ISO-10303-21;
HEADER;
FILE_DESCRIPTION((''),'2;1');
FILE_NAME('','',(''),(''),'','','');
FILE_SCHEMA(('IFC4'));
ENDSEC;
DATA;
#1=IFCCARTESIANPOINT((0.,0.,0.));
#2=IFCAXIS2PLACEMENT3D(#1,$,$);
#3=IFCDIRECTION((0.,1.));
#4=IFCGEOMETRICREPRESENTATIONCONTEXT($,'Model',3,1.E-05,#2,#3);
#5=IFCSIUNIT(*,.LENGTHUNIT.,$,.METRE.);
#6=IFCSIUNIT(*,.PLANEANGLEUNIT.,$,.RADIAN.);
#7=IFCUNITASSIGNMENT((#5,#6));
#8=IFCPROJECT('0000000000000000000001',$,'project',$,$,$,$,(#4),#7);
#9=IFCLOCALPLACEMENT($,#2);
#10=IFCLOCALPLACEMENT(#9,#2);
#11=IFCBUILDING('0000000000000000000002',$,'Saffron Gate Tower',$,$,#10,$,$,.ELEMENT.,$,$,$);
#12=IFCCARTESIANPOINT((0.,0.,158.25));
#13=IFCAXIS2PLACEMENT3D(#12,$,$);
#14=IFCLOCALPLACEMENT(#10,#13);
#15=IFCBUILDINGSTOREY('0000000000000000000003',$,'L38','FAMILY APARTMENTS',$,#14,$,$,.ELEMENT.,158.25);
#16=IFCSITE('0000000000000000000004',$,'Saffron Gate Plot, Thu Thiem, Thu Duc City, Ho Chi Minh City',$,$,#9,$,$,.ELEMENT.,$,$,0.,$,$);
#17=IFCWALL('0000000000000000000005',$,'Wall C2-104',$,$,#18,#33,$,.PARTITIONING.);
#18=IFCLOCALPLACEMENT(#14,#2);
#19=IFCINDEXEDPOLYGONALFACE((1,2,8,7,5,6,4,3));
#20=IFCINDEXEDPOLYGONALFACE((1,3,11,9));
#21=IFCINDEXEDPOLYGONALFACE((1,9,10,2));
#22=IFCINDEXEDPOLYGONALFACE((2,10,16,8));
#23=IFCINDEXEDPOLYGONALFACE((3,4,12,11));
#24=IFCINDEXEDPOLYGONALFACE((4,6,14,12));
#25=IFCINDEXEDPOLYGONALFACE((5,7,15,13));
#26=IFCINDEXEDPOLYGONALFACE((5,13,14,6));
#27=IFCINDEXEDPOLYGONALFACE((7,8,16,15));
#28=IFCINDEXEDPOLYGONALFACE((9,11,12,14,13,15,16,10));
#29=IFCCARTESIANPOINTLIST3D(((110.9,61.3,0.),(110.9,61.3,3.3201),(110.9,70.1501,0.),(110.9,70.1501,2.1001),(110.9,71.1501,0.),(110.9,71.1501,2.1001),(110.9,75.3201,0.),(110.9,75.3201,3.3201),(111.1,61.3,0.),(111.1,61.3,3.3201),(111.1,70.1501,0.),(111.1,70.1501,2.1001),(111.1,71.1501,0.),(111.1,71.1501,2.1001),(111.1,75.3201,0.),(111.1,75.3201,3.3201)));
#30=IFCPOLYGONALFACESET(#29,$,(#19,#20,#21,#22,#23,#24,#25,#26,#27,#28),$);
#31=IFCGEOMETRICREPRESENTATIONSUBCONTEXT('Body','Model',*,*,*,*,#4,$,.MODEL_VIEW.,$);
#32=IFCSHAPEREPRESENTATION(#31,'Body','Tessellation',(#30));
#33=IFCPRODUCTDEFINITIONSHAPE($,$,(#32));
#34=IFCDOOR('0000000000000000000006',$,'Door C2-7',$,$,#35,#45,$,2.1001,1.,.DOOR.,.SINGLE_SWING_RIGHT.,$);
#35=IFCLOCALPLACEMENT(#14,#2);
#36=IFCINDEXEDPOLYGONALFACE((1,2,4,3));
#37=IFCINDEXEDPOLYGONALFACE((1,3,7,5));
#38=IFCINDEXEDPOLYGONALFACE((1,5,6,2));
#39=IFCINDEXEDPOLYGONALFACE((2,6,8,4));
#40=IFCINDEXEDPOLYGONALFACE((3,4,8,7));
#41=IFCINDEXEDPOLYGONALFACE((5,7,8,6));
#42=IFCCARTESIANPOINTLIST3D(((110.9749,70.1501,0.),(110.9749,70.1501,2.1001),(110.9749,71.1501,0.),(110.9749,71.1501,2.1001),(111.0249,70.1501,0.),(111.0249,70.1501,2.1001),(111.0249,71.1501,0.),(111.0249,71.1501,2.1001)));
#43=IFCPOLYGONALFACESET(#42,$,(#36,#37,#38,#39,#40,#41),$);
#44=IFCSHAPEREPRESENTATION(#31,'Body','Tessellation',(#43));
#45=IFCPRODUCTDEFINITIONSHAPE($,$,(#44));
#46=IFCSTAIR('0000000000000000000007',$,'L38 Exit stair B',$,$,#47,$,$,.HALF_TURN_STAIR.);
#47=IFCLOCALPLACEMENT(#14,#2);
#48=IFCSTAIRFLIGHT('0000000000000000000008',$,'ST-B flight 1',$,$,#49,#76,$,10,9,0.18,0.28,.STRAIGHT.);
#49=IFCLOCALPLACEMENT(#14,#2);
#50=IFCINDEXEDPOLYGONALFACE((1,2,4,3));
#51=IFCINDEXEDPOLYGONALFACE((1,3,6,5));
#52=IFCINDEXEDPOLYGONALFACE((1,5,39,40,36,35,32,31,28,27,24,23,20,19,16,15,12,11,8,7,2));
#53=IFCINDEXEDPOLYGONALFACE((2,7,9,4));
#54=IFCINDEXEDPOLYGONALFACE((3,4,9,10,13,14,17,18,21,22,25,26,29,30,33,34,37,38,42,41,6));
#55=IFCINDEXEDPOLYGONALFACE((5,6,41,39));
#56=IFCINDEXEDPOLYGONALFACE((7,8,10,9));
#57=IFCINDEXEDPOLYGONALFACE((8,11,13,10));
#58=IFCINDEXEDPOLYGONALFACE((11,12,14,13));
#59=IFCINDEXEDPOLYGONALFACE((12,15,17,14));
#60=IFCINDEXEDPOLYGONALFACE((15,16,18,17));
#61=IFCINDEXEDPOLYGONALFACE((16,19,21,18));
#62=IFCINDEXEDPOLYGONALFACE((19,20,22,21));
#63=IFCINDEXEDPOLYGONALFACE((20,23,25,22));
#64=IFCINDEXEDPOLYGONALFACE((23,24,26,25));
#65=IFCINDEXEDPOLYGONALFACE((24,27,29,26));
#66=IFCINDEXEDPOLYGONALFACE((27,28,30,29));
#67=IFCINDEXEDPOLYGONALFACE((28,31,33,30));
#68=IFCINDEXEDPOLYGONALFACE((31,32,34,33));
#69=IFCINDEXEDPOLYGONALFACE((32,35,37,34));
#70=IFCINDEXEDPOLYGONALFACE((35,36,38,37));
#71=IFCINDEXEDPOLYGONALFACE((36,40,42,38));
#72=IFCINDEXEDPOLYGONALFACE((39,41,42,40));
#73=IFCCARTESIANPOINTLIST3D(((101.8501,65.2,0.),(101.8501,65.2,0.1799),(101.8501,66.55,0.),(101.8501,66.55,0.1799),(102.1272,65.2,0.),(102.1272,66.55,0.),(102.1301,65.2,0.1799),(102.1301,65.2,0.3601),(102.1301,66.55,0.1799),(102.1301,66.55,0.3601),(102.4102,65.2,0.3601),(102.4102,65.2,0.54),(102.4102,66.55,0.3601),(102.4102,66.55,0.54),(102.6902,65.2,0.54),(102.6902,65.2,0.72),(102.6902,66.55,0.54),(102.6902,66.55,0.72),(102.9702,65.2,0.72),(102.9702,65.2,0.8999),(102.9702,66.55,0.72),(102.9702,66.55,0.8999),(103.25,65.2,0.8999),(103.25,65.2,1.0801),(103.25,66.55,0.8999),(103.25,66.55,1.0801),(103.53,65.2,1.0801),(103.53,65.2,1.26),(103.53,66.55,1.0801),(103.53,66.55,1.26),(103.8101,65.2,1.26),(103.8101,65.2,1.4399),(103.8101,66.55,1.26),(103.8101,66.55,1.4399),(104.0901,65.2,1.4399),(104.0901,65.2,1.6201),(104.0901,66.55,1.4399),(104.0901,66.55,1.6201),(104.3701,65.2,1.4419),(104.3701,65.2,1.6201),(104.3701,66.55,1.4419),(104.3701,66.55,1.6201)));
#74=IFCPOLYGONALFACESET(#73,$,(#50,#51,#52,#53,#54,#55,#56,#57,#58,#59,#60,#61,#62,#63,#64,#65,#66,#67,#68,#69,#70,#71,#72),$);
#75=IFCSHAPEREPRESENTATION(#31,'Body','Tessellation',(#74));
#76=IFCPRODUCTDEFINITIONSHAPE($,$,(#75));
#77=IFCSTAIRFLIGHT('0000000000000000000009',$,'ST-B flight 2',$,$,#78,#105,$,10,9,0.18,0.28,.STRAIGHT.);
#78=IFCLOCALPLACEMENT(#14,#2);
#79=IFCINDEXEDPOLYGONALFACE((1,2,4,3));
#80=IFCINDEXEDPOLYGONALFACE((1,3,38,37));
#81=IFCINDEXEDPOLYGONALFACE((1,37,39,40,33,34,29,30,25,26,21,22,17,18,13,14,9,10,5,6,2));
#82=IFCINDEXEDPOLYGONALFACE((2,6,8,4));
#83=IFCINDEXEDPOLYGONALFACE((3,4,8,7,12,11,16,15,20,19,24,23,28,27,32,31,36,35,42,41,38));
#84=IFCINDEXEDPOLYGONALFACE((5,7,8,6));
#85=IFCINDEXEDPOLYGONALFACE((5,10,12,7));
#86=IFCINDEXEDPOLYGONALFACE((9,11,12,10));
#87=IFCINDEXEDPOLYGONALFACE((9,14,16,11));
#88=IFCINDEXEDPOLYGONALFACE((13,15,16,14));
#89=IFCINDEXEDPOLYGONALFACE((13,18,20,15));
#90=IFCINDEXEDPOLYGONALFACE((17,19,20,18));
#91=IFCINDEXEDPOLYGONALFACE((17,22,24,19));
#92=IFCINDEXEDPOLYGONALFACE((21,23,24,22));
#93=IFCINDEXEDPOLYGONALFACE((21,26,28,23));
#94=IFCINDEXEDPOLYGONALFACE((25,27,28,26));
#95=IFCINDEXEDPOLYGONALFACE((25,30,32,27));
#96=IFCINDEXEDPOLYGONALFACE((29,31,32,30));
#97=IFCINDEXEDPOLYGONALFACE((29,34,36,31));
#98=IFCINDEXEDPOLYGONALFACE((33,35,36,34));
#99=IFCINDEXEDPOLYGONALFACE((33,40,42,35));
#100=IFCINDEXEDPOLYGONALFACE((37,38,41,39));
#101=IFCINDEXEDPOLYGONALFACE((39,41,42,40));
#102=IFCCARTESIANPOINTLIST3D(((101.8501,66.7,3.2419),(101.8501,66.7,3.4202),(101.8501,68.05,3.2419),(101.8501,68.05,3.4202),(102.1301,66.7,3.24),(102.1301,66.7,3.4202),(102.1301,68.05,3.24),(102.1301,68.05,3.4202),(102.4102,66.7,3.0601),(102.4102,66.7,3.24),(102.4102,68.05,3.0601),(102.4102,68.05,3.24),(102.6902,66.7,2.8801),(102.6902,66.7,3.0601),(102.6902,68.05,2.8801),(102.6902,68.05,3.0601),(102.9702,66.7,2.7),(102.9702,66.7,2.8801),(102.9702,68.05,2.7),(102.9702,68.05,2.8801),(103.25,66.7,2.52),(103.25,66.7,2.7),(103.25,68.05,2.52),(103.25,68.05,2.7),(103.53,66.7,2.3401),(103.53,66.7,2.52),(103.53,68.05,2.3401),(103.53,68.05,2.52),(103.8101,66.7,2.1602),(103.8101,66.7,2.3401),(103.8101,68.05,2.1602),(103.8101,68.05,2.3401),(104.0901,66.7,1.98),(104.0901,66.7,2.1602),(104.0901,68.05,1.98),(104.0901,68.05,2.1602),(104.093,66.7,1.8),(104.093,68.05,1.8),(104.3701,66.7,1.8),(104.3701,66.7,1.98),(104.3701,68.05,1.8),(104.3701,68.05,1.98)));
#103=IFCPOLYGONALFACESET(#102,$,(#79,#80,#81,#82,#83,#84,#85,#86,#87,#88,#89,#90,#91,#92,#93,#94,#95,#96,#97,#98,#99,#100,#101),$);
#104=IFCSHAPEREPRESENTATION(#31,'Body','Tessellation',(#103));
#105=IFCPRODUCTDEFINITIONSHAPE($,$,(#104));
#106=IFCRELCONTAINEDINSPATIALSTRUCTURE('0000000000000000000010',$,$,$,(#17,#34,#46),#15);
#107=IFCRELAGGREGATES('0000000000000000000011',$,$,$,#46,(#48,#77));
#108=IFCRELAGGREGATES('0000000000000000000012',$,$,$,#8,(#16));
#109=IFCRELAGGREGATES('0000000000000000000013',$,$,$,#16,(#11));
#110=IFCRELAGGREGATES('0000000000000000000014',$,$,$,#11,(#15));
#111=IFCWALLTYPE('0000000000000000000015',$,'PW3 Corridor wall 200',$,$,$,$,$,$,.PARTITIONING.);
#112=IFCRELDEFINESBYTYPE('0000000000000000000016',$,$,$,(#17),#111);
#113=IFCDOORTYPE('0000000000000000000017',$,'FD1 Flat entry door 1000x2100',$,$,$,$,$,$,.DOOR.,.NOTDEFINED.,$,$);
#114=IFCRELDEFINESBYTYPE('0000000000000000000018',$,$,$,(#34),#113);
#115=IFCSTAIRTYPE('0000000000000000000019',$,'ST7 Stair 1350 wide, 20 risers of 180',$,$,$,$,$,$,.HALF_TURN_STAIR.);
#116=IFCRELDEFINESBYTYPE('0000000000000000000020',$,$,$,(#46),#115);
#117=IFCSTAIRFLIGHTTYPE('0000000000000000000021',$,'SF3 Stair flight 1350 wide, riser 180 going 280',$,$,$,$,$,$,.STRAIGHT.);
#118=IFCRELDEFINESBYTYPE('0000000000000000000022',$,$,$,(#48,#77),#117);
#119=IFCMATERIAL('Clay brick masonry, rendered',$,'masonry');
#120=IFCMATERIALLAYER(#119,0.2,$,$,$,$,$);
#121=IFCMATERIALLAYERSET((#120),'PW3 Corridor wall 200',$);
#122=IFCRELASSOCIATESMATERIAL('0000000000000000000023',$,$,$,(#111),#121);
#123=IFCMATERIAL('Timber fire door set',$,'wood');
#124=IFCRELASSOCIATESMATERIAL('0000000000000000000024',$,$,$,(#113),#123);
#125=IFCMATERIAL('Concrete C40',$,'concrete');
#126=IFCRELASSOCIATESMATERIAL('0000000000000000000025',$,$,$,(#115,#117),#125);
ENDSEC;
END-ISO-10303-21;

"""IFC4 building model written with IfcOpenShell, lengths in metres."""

from ifc_helpers import new_model, si_unit, direction, frame, frame_2d, origin, place, context, subcontext, project, spatial, polyline, rectangle, outline, extrude, material, layer, layer_set, type_object, element, fill, aggregate, save


model = new_model("IFC4")

# Units and contexts
model_context = context("Model", 3, precision=1e-05, world=origin(), true_north=direction((0.0, 1.0)))
body_context = subcontext(model_context, "Body", "Model", "MODEL_VIEW")
ifc_project = project(units=[si_unit("LENGTHUNIT", "METRE"), si_unit("PLANEANGLEUNIT", "RADIAN")], contexts=[model_context])

# Site, building, storey
site_placement = place(None, origin())
site = spatial("IfcSite", under=ifc_project, at=site_placement, Name="Saffron Gate Plot, Thu Thiem, Thu Duc City, Ho Chi Minh City", CompositionType="ELEMENT", RefElevation=0.0)
building_placement = place(site_placement, origin())
building = spatial("IfcBuilding", under=site, at=building_placement, Name="Saffron Gate Tower", CompositionType="ELEMENT")
storey_placement = place(building_placement, frame((0.0, 0.0, 158.25)))
storey = spatial("IfcBuildingStorey", under=building, at=storey_placement, Name="L38", Description="FAMILY APARTMENTS", CompositionType="ELEMENT", Elevation=158.25)

# Shared definitions
ifc_material_1 = material(Name="Clay brick masonry, rendered", Category="masonry")
ifc_layer_1 = layer(ifc_material_1, 0.2)
ifc_layer_set_1 = layer_set([ifc_layer_1], Name="PW3 Corridor wall 200")
wall_type_1 = type_object("IfcWallType", Name="PW3 Corridor wall 200", PredefinedType="PARTITIONING", material=ifc_layer_set_1)

# Wall, opening, door
wall_1_placement = place(storey_placement, frame((111.0, 75.3201, 0.0), z_axis=(0.0, 0.0, 1.0), x_axis=(0.0, -1.0, 0.0)))
wall_1 = element("IfcWall", 1, at=wall_1_placement, inside=storey, type_object=wall_type_1, Name="Wall C2-104", PredefinedType="PARTITIONING", context=body_context, shape_type="SweptSolid", body=[
    extrude(rectangle(XDim=14.02, YDim=0.2, at=frame_2d((7.01, 0.0))), origin(), (0.0, 0.0, 1.0), 3.3201),
])
opening_1_placement = place(wall_1_placement, frame((4.1699, 0.0, 0.0)))
opening_1 = element("IfcOpeningElement", 2, at=opening_1_placement, cuts=wall_1, PredefinedType="OPENING", context=body_context, shape_type="SweptSolid", body=[
    extrude(rectangle(XDim=1.0, YDim=2.1001, at=frame_2d((0.5, 1.05))), frame((0.0, 0.1099, 0.0), z_axis=(0.0, -1.0, 0.0), x_axis=(1.0, 0.0, 0.0)), (0.0, 0.0, 1.0), 0.22),
])
ifc_material_2 = material(Name="Timber fire door set", Category="wood")
door_type_1 = type_object("IfcDoorType", Name="FD1 Flat entry door 1000x2100", OperationType="NOTDEFINED", PredefinedType="DOOR", material=ifc_material_2)
door_1_placement = place(opening_1_placement, origin())
door_1 = element("IfcDoor", 3, at=door_1_placement, inside=storey, type_object=door_type_1, Name="Door C2-7", OperationType="SINGLE_SWING_RIGHT", OverallHeight=2.1001, OverallWidth=1.0, PredefinedType="DOOR", context=body_context, shape_type="SweptSolid", body=[
    extrude(rectangle(XDim=1.0, YDim=2.1001, at=frame_2d((0.5, 1.05))), frame((0.0, 0.0249, 0.0), z_axis=(0.0, -1.0, 0.0), x_axis=(1.0, 0.0, 0.0)), (0.0, 0.0, 1.0), 0.05),
])
fill(opening_1, door_1)

# Stair, stair flights
ifc_material_3 = material(Name="Concrete C40", Category="concrete")
stair_type = type_object("IfcStairType", Name="ST7 Stair 1350 wide, 20 risers of 180", PredefinedType="HALF_TURN_STAIR", material=ifc_material_3)
stair_placement = place(storey_placement, origin())
stair = element("IfcStair", 4, at=stair_placement, inside=storey, type_object=stair_type, Name="L38 Exit stair B", PredefinedType="HALF_TURN_STAIR")
stair_flight_type = type_object("IfcStairFlightType", Name="SF3 Stair flight 1350 wide, riser 180 going 280", PredefinedType="STRAIGHT", material=ifc_material_3)
stair_flight_1_placement = place(storey_placement, frame((101.8501, 65.875, 0.0), z_axis=(0.0, 0.0, 1.0), x_axis=(1.0, 0.0, 0.0)))
stair_flight_1 = element("IfcStairFlight", 5, at=stair_flight_1_placement, type_object=stair_flight_type, Name="ST-B flight 1", NumberOfRisers=10, NumberOfTreads=9, PredefinedType="STRAIGHT", RiserHeight=0.18, TreadLength=0.28, context=body_context, shape_type="SweptSolid", body=[
    extrude(outline(polyline([(0.0, 0.0), (0.0, 0.1799), (0.28, 0.1799), (0.28, 0.3601), (0.5601, 0.3601), (0.5601, 0.54), (0.8401, 0.54), (0.8401, 0.72), (1.1201, 0.72), (1.1201, 0.8999), (1.3999, 0.8999), (1.3999, 1.0801), (1.6799, 1.0801), (1.6799, 1.26), (1.96, 1.26), (1.96, 1.4399), (2.24, 1.4399), (2.24, 1.6201), (2.52, 1.6201), (2.52, 1.8), (2.52, 1.4419), (0.2771, 0.0), (0.0, 0.0)])), frame((0.0, 0.675, 0.0), z_axis=(0.0, -1.0, 0.0), x_axis=(1.0, 0.0, 0.0)), (0.0, 0.0, 1.0), 1.3501),
])
stair_flight_2_placement = place(storey_placement, frame((104.3701, 67.375, 1.8), z_axis=(0.0, 0.0, 1.0), x_axis=(-1.0, 0.0, 0.0)))
stair_flight_2 = element("IfcStairFlight", 6, at=stair_flight_2_placement, type_object=stair_flight_type, Name="ST-B flight 2", NumberOfRisers=10, NumberOfTreads=9, PredefinedType="STRAIGHT", RiserHeight=0.18, TreadLength=0.28, context=body_context, shape_type="SweptSolid", body=[
    extrude(outline(polyline([(0.0, 0.0), (0.0, 0.1799), (0.28, 0.1799), (0.28, 0.3601), (0.5601, 0.3601), (0.5601, 0.54), (0.8401, 0.54), (0.8401, 0.72), (1.1201, 0.72), (1.1201, 0.8999), (1.3999, 0.8999), (1.3999, 1.0801), (1.6799, 1.0801), (1.6799, 1.26), (1.96, 1.26), (1.96, 1.4399), (2.24, 1.4399), (2.24, 1.6201), (2.52, 1.6201), (2.52, 1.8), (2.52, 1.4419), (0.2771, 0.0), (0.0, 0.0)])), frame((0.0, 0.675, 0.0), z_axis=(0.0, -1.0, 0.0), x_axis=(1.0, 0.0, 0.0)), (0.0, 0.0, 1.0), 1.3501),
])
aggregate(stair, [stair_flight_1, stair_flight_2])

save(model, "model.ifc")
